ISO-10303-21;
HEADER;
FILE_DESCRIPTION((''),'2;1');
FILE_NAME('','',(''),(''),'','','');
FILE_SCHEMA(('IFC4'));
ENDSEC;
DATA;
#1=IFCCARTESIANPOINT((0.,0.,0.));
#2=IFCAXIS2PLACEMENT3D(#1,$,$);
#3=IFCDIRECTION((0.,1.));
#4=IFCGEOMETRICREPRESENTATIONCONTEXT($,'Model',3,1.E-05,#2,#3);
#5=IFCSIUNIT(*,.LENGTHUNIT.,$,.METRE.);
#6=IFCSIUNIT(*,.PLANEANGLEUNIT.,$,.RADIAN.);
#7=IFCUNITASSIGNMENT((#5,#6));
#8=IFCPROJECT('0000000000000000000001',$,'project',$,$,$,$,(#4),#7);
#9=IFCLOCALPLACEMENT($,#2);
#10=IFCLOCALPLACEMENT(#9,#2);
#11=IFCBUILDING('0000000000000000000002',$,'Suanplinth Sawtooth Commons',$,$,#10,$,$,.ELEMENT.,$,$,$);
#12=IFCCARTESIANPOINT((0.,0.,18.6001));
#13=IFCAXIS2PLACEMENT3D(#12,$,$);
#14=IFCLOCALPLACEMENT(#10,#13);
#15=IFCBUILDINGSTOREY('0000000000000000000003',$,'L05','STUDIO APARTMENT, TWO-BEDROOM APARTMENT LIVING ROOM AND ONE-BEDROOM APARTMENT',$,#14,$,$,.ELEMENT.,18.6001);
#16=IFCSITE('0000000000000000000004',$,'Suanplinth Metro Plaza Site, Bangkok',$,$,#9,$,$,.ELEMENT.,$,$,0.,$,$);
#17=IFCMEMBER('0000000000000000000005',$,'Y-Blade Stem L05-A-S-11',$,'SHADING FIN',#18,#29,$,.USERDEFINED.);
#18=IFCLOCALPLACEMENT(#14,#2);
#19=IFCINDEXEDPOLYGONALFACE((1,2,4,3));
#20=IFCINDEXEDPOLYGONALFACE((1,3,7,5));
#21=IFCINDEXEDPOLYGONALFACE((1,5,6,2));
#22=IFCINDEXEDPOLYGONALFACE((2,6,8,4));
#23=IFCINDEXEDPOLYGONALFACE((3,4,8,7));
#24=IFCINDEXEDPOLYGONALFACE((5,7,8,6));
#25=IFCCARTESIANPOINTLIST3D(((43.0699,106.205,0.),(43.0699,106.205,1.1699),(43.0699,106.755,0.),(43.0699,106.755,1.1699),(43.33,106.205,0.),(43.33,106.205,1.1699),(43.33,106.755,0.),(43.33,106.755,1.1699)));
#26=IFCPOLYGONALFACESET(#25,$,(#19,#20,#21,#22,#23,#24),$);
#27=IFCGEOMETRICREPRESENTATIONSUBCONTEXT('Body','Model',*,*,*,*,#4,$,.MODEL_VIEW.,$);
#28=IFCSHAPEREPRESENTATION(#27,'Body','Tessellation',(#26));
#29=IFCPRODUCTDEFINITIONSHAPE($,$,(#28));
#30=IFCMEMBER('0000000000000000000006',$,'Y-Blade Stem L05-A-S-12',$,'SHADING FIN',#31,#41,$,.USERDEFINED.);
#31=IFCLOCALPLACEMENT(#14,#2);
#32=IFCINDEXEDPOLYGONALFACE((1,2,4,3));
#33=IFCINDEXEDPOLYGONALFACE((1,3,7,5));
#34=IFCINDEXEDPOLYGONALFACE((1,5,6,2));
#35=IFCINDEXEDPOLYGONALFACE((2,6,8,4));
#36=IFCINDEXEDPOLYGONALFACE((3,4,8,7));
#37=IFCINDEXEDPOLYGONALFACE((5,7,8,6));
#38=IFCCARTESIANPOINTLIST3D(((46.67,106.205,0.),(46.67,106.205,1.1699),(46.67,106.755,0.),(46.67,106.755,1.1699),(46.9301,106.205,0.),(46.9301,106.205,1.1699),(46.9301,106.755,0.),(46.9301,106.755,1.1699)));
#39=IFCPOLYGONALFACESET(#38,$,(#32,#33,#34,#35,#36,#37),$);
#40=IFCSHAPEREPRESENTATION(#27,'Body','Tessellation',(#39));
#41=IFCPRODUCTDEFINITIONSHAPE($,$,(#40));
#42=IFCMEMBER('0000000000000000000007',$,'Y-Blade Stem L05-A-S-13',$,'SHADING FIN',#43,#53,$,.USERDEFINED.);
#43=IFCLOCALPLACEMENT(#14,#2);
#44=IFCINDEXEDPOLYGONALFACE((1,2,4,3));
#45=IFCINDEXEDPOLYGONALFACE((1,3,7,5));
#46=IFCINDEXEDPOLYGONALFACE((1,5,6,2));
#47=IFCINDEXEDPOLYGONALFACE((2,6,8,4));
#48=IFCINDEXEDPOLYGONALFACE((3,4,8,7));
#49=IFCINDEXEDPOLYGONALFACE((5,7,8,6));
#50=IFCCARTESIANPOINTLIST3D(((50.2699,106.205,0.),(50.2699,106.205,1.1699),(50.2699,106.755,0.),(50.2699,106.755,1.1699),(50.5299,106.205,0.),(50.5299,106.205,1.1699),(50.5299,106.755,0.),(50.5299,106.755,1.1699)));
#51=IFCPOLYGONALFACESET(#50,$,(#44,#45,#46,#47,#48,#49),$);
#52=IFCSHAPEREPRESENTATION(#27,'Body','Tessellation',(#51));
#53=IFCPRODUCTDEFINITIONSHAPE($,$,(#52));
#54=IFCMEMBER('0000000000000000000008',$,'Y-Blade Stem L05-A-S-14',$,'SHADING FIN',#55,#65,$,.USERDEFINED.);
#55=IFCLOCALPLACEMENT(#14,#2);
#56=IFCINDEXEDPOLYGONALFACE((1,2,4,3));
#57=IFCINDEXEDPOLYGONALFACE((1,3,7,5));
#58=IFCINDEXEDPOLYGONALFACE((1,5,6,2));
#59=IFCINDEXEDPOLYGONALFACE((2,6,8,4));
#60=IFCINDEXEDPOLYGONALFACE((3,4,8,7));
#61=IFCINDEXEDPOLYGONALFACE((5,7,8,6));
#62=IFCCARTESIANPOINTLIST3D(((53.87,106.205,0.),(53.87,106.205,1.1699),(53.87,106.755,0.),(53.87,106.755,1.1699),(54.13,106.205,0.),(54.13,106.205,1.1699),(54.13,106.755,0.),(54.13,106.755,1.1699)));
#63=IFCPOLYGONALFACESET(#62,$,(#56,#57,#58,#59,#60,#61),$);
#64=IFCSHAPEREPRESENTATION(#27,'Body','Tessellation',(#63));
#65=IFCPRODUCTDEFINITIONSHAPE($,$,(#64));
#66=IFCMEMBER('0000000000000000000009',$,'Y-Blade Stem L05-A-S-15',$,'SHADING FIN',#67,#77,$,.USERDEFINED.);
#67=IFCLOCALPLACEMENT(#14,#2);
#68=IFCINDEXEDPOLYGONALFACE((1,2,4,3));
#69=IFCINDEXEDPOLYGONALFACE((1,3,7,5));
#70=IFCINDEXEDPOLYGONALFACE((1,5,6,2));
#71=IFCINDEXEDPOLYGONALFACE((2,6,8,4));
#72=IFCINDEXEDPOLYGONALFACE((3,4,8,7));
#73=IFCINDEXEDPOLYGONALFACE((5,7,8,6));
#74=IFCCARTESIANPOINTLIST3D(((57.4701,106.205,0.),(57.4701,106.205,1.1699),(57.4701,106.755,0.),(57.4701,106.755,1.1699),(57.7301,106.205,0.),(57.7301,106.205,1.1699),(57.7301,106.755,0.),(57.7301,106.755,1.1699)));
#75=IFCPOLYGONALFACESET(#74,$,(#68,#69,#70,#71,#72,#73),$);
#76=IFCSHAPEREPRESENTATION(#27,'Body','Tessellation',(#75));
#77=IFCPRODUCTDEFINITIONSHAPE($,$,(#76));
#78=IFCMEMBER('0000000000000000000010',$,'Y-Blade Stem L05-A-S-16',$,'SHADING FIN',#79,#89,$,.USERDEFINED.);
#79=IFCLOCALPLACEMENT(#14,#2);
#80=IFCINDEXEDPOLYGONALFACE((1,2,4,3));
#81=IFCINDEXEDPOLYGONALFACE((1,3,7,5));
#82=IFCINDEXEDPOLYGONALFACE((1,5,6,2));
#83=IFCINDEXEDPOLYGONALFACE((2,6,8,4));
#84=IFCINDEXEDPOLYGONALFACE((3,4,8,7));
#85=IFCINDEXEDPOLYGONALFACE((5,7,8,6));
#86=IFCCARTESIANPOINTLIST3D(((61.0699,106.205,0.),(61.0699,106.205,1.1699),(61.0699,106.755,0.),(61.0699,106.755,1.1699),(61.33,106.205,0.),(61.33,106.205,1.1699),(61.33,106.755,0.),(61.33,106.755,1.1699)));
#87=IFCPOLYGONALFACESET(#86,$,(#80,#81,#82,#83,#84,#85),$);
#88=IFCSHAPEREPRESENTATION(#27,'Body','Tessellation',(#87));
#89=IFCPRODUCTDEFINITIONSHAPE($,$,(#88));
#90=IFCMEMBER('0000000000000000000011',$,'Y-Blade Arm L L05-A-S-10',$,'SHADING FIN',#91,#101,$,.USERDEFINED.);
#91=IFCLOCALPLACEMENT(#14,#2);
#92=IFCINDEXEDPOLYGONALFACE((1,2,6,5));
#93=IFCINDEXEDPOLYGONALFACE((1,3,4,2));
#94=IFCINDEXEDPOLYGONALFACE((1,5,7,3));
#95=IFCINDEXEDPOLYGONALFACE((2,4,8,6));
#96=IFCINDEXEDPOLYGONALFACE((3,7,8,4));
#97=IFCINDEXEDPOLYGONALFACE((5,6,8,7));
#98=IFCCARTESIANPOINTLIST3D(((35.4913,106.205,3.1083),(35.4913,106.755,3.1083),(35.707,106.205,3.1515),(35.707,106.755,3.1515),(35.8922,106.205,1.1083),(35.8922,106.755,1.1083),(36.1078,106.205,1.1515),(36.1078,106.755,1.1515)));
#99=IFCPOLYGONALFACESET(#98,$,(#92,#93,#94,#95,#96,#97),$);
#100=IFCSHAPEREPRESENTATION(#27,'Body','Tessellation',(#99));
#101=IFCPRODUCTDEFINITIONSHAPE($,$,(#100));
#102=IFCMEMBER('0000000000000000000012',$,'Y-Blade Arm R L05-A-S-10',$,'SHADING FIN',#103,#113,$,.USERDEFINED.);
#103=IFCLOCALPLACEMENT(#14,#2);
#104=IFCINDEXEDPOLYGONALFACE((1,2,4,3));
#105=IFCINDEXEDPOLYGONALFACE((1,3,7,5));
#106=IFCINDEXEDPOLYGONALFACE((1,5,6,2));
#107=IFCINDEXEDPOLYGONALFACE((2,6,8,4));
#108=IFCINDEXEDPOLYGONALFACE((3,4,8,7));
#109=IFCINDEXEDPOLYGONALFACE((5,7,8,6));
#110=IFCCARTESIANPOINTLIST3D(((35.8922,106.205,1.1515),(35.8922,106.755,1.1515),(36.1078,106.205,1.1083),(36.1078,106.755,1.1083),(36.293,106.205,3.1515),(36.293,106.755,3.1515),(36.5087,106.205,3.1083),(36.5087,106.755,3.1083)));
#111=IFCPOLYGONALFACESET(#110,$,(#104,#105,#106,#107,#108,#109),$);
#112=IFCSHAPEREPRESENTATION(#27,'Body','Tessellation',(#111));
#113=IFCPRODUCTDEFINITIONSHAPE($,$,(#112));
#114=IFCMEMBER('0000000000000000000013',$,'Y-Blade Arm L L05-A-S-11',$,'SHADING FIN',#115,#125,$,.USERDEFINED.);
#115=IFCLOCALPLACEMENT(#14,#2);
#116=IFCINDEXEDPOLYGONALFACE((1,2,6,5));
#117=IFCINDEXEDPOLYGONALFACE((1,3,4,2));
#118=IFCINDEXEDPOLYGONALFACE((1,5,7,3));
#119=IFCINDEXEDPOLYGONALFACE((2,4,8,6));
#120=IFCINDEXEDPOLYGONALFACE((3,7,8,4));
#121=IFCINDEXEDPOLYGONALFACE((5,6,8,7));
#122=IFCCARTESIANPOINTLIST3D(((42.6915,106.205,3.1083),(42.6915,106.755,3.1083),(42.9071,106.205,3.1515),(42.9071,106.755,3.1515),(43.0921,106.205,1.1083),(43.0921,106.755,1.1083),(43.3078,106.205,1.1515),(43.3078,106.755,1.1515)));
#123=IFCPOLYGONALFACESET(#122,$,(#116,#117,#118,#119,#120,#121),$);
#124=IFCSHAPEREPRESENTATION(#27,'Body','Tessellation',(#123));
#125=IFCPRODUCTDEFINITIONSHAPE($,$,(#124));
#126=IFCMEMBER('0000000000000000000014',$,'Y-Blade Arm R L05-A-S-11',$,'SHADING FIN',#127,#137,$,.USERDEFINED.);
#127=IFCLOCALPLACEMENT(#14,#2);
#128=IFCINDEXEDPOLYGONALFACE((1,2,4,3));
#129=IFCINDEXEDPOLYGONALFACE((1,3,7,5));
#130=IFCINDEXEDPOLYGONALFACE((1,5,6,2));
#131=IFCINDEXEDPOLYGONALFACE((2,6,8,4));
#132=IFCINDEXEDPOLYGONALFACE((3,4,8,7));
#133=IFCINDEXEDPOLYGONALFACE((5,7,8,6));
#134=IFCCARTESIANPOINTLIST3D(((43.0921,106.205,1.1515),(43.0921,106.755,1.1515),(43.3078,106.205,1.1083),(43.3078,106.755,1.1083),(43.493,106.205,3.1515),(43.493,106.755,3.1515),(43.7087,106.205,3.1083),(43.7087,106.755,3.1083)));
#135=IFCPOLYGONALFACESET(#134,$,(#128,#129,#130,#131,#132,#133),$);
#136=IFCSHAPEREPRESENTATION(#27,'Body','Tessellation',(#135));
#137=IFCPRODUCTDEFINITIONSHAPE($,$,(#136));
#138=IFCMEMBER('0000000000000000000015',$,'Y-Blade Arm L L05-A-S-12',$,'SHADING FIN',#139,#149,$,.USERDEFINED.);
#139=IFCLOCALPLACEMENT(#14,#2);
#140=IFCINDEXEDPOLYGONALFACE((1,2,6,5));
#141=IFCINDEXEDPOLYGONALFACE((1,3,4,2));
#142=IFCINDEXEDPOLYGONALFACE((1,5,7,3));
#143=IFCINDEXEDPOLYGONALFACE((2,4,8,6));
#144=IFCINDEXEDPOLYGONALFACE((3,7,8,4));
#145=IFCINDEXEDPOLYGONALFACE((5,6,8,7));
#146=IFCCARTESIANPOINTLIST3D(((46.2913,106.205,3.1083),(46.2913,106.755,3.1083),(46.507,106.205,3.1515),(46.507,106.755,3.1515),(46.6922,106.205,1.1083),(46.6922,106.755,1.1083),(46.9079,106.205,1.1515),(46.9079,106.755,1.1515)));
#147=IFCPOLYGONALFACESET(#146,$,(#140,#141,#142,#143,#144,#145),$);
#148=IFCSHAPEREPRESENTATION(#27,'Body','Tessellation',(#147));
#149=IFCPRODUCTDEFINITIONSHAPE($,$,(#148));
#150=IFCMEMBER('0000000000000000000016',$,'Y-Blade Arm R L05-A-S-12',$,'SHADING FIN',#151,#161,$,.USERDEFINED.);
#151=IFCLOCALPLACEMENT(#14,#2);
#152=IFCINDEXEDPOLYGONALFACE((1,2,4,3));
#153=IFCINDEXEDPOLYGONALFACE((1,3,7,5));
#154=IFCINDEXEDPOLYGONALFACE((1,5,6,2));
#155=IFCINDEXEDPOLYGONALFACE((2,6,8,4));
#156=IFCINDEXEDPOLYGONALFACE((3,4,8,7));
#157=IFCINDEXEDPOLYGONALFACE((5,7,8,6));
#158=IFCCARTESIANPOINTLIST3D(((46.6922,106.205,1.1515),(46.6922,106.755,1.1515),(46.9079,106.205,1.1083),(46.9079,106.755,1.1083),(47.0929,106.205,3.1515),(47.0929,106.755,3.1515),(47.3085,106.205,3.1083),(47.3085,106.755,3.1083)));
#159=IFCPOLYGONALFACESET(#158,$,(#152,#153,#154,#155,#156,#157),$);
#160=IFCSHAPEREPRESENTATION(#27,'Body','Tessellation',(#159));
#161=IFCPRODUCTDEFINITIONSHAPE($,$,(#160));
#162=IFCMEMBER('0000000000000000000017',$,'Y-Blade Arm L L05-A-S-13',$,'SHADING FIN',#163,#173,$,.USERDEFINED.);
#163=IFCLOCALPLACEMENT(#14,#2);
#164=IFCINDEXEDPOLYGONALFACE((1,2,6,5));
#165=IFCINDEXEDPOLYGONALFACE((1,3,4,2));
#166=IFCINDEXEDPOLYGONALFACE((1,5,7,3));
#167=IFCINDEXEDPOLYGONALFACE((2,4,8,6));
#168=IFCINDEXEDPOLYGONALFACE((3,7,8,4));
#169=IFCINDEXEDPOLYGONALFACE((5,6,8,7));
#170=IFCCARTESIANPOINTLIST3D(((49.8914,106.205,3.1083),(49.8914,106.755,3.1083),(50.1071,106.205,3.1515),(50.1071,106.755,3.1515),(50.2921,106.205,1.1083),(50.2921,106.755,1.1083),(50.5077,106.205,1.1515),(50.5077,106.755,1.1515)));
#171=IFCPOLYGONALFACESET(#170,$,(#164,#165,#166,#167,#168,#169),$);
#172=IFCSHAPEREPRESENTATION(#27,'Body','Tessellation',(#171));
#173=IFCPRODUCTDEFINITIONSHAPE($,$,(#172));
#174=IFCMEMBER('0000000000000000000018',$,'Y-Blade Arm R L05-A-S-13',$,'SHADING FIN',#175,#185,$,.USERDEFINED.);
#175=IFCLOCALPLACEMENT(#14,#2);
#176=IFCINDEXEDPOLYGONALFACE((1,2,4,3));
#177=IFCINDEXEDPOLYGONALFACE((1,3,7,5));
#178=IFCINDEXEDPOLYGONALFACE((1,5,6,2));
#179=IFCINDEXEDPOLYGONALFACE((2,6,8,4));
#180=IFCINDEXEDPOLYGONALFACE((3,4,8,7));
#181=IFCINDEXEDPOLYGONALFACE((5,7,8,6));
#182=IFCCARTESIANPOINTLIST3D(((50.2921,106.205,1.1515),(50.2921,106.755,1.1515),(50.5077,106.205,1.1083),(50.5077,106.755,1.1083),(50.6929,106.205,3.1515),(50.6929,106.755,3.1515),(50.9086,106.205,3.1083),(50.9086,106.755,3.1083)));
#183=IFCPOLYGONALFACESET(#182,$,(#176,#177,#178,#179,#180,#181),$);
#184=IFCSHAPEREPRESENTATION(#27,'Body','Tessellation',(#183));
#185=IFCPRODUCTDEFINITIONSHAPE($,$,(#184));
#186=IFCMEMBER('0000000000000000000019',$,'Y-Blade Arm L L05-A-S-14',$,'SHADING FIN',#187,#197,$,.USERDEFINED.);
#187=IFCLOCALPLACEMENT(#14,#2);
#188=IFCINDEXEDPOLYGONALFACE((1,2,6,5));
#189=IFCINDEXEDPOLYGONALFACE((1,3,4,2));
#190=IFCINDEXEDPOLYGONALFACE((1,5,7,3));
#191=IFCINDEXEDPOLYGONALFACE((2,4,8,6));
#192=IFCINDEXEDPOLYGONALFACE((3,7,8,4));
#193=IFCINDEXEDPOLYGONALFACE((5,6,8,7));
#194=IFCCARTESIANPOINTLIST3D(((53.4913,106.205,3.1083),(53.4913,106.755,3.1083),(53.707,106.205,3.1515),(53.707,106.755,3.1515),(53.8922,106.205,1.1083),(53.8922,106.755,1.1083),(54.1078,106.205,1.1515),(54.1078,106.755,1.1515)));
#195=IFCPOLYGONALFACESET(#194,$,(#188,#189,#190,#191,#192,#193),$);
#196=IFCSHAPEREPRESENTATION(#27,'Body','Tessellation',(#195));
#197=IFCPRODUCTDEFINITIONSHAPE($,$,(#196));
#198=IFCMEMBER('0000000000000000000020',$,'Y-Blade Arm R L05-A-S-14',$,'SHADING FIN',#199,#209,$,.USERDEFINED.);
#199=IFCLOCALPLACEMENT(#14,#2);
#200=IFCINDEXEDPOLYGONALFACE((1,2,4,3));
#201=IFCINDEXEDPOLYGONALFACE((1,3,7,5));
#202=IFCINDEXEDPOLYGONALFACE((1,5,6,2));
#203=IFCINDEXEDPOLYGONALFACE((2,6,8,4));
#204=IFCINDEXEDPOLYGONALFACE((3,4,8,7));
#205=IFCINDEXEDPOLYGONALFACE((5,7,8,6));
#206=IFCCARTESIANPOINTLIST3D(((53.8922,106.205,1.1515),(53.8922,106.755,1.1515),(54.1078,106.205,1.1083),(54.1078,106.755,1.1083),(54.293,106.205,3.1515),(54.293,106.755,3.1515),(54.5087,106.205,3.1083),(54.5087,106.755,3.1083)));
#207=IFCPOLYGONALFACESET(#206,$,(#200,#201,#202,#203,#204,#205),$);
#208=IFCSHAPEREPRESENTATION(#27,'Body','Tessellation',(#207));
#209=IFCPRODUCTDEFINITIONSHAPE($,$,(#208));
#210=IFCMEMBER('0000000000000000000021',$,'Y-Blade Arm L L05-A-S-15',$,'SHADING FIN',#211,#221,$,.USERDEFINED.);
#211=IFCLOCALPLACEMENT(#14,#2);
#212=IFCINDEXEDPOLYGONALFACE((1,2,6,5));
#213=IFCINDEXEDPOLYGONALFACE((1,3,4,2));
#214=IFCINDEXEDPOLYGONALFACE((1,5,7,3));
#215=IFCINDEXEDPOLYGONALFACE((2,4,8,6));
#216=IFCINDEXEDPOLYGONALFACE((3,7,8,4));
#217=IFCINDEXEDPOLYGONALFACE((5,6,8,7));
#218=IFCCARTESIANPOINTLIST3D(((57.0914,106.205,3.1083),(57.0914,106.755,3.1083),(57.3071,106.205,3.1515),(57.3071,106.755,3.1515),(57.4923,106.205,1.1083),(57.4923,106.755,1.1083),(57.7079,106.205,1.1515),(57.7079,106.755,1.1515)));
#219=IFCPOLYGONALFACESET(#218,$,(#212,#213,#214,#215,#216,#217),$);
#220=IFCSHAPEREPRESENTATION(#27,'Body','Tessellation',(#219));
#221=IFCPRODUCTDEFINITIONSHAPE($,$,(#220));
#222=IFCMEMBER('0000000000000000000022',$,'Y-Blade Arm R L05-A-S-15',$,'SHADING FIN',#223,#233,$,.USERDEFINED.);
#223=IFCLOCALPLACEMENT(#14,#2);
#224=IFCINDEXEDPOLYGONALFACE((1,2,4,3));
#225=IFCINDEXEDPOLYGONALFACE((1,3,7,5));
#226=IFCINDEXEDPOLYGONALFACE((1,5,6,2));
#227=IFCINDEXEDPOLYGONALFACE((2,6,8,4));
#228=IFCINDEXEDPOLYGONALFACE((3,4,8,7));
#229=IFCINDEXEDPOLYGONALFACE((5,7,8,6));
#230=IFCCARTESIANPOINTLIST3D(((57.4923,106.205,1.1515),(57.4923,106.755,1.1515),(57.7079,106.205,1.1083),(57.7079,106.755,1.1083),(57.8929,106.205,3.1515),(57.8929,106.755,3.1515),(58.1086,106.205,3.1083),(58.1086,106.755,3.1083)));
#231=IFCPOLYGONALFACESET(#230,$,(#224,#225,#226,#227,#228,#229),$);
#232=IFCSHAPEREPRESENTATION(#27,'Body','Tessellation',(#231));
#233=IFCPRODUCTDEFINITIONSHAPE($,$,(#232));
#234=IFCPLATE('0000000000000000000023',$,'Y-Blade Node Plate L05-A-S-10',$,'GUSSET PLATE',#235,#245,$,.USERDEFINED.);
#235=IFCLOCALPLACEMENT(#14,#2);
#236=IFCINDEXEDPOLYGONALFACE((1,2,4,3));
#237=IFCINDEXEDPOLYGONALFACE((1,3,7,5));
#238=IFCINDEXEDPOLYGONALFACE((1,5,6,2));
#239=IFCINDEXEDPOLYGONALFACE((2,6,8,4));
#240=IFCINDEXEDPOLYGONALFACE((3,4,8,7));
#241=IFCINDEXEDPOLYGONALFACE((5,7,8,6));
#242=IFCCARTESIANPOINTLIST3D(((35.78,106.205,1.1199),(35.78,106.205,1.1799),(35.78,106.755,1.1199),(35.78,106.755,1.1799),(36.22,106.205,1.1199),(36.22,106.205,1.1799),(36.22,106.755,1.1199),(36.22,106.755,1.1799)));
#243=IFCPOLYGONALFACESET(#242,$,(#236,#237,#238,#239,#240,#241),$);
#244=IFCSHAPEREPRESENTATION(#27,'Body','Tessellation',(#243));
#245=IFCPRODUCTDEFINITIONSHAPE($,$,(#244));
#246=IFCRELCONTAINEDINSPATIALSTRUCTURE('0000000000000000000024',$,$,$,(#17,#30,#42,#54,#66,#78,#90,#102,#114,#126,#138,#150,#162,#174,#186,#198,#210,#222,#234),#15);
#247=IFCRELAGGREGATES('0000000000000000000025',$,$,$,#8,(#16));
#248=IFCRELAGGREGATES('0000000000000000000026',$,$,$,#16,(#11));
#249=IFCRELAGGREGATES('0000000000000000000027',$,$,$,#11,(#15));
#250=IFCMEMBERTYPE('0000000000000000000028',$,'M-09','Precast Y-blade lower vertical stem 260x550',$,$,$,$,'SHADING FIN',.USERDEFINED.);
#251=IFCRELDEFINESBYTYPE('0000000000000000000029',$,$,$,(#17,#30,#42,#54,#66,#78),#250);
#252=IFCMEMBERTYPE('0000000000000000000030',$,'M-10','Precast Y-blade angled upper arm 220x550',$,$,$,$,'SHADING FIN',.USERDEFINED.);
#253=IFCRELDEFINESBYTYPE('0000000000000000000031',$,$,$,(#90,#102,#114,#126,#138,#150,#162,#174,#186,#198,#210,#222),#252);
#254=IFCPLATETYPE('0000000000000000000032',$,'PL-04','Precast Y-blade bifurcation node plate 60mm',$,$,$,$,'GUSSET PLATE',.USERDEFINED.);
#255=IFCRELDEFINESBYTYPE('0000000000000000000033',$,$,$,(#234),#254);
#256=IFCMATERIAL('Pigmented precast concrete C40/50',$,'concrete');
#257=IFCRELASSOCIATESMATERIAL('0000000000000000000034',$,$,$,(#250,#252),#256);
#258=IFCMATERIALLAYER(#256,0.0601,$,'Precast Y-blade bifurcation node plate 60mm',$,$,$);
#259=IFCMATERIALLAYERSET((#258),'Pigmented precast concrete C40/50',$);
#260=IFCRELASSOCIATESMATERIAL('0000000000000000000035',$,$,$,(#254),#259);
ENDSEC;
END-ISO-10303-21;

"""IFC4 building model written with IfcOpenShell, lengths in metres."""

from ifc_helpers import new_model, si_unit, direction, frame, origin, origin_2d, place, context, subcontext, project, spatial, rectangle, extrude, material, layer, layer_set, material_profile, profile_set, type_object, element, save


model = new_model("IFC4")

# Units and contexts
model_context = context("Model", 3, precision=1e-05, world=origin(), true_north=direction((0.0, 1.0)))
body_context = subcontext(model_context, "Body", "Model", "MODEL_VIEW")
ifc_project = project(units=[si_unit("LENGTHUNIT", "METRE"), si_unit("PLANEANGLEUNIT", "RADIAN")], contexts=[model_context])

# Site, building, storey
site_placement = place(None, origin())
site = spatial("IfcSite", under=ifc_project, at=site_placement, Name="Suanplinth Metro Plaza Site, Bangkok", CompositionType="ELEMENT", RefElevation=0.0)
building_placement = place(site_placement, origin())
building = spatial("IfcBuilding", under=site, at=building_placement, Name="Suanplinth Sawtooth Commons", CompositionType="ELEMENT")
storey_placement = place(building_placement, frame((0.0, 0.0, 18.6001)))
storey = spatial("IfcBuildingStorey", under=building, at=storey_placement, Name="L05", Description="STUDIO APARTMENT, TWO-BEDROOM APARTMENT LIVING ROOM AND ONE-BEDROOM APARTMENT", CompositionType="ELEMENT", Elevation=18.6001)

# Members
ifc_material = material(Name="Pigmented precast concrete C40/50", Category="concrete")
ifc_material_profile_1 = material_profile(ifc_material, rectangle(XDim=0.26, YDim=0.55, at=origin_2d()), Name="PC-FIN 260x550")
ifc_profile_set_1 = profile_set([ifc_material_profile_1], Name="Pigmented precast concrete C40/50")
member_type_1 = type_object("IfcMemberType", Name="M-09", Description="Precast Y-blade lower vertical stem 260x550", ElementType="SHADING FIN", PredefinedType="USERDEFINED", material=ifc_profile_set_1)
for number, where, z_axis, x_axis, name in (
    (1, (43.2, 106.48, 0.0), (0.0, 0.0, 1.0), (1.0, 0.0, 0.0), "Y-Blade Stem L05-A-S-11"),
    (2, (46.8, 106.48, 0.0), (0.0, 0.0, 1.0), (1.0, 0.0, 0.0), "Y-Blade Stem L05-A-S-12"),
    (3, (50.3999, 106.48, 0.0), (0.0, 0.0, 1.0), (1.0, 0.0, 0.0), "Y-Blade Stem L05-A-S-13"),
    (4, (54.0, 106.48, 0.0), (0.0, 0.0, 1.0), (1.0, 0.0, 0.0), "Y-Blade Stem L05-A-S-14"),
    (5, (57.6001, 106.48, 0.0), (0.0, 0.0, 1.0), (1.0, 0.0, 0.0), "Y-Blade Stem L05-A-S-15"),
    (6, (61.2, 106.48, 0.0), (0.0, 0.0, 1.0), (1.0, 0.0, 0.0), "Y-Blade Stem L05-A-S-16"),
):
    element("IfcMember", number, at=place(storey_placement, frame(where, z_axis=z_axis, x_axis=x_axis)), inside=storey, type_object=member_type_1, Name=name, ObjectType="SHADING FIN", PredefinedType="USERDEFINED", context=body_context, shape_type="SweptSolid", body=[
        extrude(rectangle(XDim=0.26, YDim=0.55, at=origin_2d()), origin(), (0.0, 0.0, 1.0), 1.1699),
    ])
ifc_material_profile_2 = material_profile(ifc_material, rectangle(XDim=0.22, YDim=0.55, at=origin_2d()), Name="PC-FIN 220x550")
ifc_profile_set_2 = profile_set([ifc_material_profile_2], Name="Pigmented precast concrete C40/50")
member_type_2 = type_object("IfcMemberType", Name="M-10", Description="Precast Y-blade angled upper arm 220x550", ElementType="SHADING FIN", PredefinedType="USERDEFINED", material=ifc_profile_set_2)
for number, where, z_axis, x_axis, name in (
    (7, (36.0, 106.48, 1.1299), (-0.19653, 0.0, 0.980498), (0.980498, 0.0, 0.19653), "Y-Blade Arm L L05-A-S-10"),
    (8, (36.0, 106.48, 1.1299), (0.19653, 0.0, 0.980498), (-0.980498, 0.0, 0.19653), "Y-Blade Arm R L05-A-S-10"),
    (9, (43.2, 106.48, 1.1299), (-0.196415, 0.0, 0.980521), (0.980521, 0.0, 0.196415), "Y-Blade Arm L L05-A-S-11"),
    (10, (43.2, 106.48, 1.1299), (0.19653, 0.0, 0.980498), (-0.980498, 0.0, 0.19653), "Y-Blade Arm R L05-A-S-11"),
    (11, (46.8, 106.48, 1.1299), (-0.19653, 0.0, 0.980498), (0.980498, 0.0, 0.19653), "Y-Blade Arm L L05-A-S-12"),
    (12, (46.8, 106.48, 1.1299), (0.196415, 0.0, 0.980521), (-0.980521, 0.0, 0.196415), "Y-Blade Arm R L05-A-S-12"),
    (13, (50.3999, 106.48, 1.1299), (-0.196415, 0.0, 0.980521), (0.980521, 0.0, 0.196415), "Y-Blade Arm L L05-A-S-13"),
    (14, (50.3999, 106.48, 1.1299), (0.19653, 0.0, 0.980498), (-0.980498, 0.0, 0.19653), "Y-Blade Arm R L05-A-S-13"),
    (15, (54.0, 106.48, 1.1299), (-0.19653, 0.0, 0.980498), (0.980498, 0.0, 0.19653), "Y-Blade Arm L L05-A-S-14"),
    (16, (54.0, 106.48, 1.1299), (0.19653, 0.0, 0.980498), (-0.980498, 0.0, 0.19653), "Y-Blade Arm R L05-A-S-14"),
    (17, (57.6001, 106.48, 1.1299), (-0.19653, 0.0, 0.980498), (0.980498, 0.0, 0.19653), "Y-Blade Arm L L05-A-S-15"),
    (18, (57.6001, 106.48, 1.1299), (0.196415, 0.0, 0.980521), (-0.980521, 0.0, 0.196415), "Y-Blade Arm R L05-A-S-15"),
):
    element("IfcMember", number, at=place(storey_placement, frame(where, z_axis=z_axis, x_axis=x_axis)), inside=storey, type_object=member_type_2, Name=name, ObjectType="SHADING FIN", PredefinedType="USERDEFINED", context=body_context, shape_type="SweptSolid", body=[
        extrude(rectangle(XDim=0.22, YDim=0.55, at=origin_2d()), origin(), (0.0, 0.0, 1.0), 2.0398),
    ])

# Plate
ifc_layer = layer(ifc_material, 0.0601, Name="Precast Y-blade bifurcation node plate 60mm")
ifc_layer_set = layer_set([ifc_layer], Name="Pigmented precast concrete C40/50")
plate_type = type_object("IfcPlateType", Name="PL-04", Description="Precast Y-blade bifurcation node plate 60mm", ElementType="GUSSET PLATE", PredefinedType="USERDEFINED", material=ifc_layer_set)
for number, where, z_axis, x_axis, name in (
    (19, (36.0, 106.48, 1.1199), (0.0, 0.0, 1.0), (1.0, 0.0, 0.0), "Y-Blade Node Plate L05-A-S-10"),
):
    element("IfcPlate", number, at=place(storey_placement, frame(where, z_axis=z_axis, x_axis=x_axis)), inside=storey, type_object=plate_type, Name=name, ObjectType="GUSSET PLATE", PredefinedType="USERDEFINED", context=body_context, shape_type="SweptSolid", body=[
        extrude(rectangle(XDim=0.4399, YDim=0.55, at=origin_2d()), origin(), (0.0, 0.0, 1.0), 0.0601),
    ])

save(model, "model.ifc")
